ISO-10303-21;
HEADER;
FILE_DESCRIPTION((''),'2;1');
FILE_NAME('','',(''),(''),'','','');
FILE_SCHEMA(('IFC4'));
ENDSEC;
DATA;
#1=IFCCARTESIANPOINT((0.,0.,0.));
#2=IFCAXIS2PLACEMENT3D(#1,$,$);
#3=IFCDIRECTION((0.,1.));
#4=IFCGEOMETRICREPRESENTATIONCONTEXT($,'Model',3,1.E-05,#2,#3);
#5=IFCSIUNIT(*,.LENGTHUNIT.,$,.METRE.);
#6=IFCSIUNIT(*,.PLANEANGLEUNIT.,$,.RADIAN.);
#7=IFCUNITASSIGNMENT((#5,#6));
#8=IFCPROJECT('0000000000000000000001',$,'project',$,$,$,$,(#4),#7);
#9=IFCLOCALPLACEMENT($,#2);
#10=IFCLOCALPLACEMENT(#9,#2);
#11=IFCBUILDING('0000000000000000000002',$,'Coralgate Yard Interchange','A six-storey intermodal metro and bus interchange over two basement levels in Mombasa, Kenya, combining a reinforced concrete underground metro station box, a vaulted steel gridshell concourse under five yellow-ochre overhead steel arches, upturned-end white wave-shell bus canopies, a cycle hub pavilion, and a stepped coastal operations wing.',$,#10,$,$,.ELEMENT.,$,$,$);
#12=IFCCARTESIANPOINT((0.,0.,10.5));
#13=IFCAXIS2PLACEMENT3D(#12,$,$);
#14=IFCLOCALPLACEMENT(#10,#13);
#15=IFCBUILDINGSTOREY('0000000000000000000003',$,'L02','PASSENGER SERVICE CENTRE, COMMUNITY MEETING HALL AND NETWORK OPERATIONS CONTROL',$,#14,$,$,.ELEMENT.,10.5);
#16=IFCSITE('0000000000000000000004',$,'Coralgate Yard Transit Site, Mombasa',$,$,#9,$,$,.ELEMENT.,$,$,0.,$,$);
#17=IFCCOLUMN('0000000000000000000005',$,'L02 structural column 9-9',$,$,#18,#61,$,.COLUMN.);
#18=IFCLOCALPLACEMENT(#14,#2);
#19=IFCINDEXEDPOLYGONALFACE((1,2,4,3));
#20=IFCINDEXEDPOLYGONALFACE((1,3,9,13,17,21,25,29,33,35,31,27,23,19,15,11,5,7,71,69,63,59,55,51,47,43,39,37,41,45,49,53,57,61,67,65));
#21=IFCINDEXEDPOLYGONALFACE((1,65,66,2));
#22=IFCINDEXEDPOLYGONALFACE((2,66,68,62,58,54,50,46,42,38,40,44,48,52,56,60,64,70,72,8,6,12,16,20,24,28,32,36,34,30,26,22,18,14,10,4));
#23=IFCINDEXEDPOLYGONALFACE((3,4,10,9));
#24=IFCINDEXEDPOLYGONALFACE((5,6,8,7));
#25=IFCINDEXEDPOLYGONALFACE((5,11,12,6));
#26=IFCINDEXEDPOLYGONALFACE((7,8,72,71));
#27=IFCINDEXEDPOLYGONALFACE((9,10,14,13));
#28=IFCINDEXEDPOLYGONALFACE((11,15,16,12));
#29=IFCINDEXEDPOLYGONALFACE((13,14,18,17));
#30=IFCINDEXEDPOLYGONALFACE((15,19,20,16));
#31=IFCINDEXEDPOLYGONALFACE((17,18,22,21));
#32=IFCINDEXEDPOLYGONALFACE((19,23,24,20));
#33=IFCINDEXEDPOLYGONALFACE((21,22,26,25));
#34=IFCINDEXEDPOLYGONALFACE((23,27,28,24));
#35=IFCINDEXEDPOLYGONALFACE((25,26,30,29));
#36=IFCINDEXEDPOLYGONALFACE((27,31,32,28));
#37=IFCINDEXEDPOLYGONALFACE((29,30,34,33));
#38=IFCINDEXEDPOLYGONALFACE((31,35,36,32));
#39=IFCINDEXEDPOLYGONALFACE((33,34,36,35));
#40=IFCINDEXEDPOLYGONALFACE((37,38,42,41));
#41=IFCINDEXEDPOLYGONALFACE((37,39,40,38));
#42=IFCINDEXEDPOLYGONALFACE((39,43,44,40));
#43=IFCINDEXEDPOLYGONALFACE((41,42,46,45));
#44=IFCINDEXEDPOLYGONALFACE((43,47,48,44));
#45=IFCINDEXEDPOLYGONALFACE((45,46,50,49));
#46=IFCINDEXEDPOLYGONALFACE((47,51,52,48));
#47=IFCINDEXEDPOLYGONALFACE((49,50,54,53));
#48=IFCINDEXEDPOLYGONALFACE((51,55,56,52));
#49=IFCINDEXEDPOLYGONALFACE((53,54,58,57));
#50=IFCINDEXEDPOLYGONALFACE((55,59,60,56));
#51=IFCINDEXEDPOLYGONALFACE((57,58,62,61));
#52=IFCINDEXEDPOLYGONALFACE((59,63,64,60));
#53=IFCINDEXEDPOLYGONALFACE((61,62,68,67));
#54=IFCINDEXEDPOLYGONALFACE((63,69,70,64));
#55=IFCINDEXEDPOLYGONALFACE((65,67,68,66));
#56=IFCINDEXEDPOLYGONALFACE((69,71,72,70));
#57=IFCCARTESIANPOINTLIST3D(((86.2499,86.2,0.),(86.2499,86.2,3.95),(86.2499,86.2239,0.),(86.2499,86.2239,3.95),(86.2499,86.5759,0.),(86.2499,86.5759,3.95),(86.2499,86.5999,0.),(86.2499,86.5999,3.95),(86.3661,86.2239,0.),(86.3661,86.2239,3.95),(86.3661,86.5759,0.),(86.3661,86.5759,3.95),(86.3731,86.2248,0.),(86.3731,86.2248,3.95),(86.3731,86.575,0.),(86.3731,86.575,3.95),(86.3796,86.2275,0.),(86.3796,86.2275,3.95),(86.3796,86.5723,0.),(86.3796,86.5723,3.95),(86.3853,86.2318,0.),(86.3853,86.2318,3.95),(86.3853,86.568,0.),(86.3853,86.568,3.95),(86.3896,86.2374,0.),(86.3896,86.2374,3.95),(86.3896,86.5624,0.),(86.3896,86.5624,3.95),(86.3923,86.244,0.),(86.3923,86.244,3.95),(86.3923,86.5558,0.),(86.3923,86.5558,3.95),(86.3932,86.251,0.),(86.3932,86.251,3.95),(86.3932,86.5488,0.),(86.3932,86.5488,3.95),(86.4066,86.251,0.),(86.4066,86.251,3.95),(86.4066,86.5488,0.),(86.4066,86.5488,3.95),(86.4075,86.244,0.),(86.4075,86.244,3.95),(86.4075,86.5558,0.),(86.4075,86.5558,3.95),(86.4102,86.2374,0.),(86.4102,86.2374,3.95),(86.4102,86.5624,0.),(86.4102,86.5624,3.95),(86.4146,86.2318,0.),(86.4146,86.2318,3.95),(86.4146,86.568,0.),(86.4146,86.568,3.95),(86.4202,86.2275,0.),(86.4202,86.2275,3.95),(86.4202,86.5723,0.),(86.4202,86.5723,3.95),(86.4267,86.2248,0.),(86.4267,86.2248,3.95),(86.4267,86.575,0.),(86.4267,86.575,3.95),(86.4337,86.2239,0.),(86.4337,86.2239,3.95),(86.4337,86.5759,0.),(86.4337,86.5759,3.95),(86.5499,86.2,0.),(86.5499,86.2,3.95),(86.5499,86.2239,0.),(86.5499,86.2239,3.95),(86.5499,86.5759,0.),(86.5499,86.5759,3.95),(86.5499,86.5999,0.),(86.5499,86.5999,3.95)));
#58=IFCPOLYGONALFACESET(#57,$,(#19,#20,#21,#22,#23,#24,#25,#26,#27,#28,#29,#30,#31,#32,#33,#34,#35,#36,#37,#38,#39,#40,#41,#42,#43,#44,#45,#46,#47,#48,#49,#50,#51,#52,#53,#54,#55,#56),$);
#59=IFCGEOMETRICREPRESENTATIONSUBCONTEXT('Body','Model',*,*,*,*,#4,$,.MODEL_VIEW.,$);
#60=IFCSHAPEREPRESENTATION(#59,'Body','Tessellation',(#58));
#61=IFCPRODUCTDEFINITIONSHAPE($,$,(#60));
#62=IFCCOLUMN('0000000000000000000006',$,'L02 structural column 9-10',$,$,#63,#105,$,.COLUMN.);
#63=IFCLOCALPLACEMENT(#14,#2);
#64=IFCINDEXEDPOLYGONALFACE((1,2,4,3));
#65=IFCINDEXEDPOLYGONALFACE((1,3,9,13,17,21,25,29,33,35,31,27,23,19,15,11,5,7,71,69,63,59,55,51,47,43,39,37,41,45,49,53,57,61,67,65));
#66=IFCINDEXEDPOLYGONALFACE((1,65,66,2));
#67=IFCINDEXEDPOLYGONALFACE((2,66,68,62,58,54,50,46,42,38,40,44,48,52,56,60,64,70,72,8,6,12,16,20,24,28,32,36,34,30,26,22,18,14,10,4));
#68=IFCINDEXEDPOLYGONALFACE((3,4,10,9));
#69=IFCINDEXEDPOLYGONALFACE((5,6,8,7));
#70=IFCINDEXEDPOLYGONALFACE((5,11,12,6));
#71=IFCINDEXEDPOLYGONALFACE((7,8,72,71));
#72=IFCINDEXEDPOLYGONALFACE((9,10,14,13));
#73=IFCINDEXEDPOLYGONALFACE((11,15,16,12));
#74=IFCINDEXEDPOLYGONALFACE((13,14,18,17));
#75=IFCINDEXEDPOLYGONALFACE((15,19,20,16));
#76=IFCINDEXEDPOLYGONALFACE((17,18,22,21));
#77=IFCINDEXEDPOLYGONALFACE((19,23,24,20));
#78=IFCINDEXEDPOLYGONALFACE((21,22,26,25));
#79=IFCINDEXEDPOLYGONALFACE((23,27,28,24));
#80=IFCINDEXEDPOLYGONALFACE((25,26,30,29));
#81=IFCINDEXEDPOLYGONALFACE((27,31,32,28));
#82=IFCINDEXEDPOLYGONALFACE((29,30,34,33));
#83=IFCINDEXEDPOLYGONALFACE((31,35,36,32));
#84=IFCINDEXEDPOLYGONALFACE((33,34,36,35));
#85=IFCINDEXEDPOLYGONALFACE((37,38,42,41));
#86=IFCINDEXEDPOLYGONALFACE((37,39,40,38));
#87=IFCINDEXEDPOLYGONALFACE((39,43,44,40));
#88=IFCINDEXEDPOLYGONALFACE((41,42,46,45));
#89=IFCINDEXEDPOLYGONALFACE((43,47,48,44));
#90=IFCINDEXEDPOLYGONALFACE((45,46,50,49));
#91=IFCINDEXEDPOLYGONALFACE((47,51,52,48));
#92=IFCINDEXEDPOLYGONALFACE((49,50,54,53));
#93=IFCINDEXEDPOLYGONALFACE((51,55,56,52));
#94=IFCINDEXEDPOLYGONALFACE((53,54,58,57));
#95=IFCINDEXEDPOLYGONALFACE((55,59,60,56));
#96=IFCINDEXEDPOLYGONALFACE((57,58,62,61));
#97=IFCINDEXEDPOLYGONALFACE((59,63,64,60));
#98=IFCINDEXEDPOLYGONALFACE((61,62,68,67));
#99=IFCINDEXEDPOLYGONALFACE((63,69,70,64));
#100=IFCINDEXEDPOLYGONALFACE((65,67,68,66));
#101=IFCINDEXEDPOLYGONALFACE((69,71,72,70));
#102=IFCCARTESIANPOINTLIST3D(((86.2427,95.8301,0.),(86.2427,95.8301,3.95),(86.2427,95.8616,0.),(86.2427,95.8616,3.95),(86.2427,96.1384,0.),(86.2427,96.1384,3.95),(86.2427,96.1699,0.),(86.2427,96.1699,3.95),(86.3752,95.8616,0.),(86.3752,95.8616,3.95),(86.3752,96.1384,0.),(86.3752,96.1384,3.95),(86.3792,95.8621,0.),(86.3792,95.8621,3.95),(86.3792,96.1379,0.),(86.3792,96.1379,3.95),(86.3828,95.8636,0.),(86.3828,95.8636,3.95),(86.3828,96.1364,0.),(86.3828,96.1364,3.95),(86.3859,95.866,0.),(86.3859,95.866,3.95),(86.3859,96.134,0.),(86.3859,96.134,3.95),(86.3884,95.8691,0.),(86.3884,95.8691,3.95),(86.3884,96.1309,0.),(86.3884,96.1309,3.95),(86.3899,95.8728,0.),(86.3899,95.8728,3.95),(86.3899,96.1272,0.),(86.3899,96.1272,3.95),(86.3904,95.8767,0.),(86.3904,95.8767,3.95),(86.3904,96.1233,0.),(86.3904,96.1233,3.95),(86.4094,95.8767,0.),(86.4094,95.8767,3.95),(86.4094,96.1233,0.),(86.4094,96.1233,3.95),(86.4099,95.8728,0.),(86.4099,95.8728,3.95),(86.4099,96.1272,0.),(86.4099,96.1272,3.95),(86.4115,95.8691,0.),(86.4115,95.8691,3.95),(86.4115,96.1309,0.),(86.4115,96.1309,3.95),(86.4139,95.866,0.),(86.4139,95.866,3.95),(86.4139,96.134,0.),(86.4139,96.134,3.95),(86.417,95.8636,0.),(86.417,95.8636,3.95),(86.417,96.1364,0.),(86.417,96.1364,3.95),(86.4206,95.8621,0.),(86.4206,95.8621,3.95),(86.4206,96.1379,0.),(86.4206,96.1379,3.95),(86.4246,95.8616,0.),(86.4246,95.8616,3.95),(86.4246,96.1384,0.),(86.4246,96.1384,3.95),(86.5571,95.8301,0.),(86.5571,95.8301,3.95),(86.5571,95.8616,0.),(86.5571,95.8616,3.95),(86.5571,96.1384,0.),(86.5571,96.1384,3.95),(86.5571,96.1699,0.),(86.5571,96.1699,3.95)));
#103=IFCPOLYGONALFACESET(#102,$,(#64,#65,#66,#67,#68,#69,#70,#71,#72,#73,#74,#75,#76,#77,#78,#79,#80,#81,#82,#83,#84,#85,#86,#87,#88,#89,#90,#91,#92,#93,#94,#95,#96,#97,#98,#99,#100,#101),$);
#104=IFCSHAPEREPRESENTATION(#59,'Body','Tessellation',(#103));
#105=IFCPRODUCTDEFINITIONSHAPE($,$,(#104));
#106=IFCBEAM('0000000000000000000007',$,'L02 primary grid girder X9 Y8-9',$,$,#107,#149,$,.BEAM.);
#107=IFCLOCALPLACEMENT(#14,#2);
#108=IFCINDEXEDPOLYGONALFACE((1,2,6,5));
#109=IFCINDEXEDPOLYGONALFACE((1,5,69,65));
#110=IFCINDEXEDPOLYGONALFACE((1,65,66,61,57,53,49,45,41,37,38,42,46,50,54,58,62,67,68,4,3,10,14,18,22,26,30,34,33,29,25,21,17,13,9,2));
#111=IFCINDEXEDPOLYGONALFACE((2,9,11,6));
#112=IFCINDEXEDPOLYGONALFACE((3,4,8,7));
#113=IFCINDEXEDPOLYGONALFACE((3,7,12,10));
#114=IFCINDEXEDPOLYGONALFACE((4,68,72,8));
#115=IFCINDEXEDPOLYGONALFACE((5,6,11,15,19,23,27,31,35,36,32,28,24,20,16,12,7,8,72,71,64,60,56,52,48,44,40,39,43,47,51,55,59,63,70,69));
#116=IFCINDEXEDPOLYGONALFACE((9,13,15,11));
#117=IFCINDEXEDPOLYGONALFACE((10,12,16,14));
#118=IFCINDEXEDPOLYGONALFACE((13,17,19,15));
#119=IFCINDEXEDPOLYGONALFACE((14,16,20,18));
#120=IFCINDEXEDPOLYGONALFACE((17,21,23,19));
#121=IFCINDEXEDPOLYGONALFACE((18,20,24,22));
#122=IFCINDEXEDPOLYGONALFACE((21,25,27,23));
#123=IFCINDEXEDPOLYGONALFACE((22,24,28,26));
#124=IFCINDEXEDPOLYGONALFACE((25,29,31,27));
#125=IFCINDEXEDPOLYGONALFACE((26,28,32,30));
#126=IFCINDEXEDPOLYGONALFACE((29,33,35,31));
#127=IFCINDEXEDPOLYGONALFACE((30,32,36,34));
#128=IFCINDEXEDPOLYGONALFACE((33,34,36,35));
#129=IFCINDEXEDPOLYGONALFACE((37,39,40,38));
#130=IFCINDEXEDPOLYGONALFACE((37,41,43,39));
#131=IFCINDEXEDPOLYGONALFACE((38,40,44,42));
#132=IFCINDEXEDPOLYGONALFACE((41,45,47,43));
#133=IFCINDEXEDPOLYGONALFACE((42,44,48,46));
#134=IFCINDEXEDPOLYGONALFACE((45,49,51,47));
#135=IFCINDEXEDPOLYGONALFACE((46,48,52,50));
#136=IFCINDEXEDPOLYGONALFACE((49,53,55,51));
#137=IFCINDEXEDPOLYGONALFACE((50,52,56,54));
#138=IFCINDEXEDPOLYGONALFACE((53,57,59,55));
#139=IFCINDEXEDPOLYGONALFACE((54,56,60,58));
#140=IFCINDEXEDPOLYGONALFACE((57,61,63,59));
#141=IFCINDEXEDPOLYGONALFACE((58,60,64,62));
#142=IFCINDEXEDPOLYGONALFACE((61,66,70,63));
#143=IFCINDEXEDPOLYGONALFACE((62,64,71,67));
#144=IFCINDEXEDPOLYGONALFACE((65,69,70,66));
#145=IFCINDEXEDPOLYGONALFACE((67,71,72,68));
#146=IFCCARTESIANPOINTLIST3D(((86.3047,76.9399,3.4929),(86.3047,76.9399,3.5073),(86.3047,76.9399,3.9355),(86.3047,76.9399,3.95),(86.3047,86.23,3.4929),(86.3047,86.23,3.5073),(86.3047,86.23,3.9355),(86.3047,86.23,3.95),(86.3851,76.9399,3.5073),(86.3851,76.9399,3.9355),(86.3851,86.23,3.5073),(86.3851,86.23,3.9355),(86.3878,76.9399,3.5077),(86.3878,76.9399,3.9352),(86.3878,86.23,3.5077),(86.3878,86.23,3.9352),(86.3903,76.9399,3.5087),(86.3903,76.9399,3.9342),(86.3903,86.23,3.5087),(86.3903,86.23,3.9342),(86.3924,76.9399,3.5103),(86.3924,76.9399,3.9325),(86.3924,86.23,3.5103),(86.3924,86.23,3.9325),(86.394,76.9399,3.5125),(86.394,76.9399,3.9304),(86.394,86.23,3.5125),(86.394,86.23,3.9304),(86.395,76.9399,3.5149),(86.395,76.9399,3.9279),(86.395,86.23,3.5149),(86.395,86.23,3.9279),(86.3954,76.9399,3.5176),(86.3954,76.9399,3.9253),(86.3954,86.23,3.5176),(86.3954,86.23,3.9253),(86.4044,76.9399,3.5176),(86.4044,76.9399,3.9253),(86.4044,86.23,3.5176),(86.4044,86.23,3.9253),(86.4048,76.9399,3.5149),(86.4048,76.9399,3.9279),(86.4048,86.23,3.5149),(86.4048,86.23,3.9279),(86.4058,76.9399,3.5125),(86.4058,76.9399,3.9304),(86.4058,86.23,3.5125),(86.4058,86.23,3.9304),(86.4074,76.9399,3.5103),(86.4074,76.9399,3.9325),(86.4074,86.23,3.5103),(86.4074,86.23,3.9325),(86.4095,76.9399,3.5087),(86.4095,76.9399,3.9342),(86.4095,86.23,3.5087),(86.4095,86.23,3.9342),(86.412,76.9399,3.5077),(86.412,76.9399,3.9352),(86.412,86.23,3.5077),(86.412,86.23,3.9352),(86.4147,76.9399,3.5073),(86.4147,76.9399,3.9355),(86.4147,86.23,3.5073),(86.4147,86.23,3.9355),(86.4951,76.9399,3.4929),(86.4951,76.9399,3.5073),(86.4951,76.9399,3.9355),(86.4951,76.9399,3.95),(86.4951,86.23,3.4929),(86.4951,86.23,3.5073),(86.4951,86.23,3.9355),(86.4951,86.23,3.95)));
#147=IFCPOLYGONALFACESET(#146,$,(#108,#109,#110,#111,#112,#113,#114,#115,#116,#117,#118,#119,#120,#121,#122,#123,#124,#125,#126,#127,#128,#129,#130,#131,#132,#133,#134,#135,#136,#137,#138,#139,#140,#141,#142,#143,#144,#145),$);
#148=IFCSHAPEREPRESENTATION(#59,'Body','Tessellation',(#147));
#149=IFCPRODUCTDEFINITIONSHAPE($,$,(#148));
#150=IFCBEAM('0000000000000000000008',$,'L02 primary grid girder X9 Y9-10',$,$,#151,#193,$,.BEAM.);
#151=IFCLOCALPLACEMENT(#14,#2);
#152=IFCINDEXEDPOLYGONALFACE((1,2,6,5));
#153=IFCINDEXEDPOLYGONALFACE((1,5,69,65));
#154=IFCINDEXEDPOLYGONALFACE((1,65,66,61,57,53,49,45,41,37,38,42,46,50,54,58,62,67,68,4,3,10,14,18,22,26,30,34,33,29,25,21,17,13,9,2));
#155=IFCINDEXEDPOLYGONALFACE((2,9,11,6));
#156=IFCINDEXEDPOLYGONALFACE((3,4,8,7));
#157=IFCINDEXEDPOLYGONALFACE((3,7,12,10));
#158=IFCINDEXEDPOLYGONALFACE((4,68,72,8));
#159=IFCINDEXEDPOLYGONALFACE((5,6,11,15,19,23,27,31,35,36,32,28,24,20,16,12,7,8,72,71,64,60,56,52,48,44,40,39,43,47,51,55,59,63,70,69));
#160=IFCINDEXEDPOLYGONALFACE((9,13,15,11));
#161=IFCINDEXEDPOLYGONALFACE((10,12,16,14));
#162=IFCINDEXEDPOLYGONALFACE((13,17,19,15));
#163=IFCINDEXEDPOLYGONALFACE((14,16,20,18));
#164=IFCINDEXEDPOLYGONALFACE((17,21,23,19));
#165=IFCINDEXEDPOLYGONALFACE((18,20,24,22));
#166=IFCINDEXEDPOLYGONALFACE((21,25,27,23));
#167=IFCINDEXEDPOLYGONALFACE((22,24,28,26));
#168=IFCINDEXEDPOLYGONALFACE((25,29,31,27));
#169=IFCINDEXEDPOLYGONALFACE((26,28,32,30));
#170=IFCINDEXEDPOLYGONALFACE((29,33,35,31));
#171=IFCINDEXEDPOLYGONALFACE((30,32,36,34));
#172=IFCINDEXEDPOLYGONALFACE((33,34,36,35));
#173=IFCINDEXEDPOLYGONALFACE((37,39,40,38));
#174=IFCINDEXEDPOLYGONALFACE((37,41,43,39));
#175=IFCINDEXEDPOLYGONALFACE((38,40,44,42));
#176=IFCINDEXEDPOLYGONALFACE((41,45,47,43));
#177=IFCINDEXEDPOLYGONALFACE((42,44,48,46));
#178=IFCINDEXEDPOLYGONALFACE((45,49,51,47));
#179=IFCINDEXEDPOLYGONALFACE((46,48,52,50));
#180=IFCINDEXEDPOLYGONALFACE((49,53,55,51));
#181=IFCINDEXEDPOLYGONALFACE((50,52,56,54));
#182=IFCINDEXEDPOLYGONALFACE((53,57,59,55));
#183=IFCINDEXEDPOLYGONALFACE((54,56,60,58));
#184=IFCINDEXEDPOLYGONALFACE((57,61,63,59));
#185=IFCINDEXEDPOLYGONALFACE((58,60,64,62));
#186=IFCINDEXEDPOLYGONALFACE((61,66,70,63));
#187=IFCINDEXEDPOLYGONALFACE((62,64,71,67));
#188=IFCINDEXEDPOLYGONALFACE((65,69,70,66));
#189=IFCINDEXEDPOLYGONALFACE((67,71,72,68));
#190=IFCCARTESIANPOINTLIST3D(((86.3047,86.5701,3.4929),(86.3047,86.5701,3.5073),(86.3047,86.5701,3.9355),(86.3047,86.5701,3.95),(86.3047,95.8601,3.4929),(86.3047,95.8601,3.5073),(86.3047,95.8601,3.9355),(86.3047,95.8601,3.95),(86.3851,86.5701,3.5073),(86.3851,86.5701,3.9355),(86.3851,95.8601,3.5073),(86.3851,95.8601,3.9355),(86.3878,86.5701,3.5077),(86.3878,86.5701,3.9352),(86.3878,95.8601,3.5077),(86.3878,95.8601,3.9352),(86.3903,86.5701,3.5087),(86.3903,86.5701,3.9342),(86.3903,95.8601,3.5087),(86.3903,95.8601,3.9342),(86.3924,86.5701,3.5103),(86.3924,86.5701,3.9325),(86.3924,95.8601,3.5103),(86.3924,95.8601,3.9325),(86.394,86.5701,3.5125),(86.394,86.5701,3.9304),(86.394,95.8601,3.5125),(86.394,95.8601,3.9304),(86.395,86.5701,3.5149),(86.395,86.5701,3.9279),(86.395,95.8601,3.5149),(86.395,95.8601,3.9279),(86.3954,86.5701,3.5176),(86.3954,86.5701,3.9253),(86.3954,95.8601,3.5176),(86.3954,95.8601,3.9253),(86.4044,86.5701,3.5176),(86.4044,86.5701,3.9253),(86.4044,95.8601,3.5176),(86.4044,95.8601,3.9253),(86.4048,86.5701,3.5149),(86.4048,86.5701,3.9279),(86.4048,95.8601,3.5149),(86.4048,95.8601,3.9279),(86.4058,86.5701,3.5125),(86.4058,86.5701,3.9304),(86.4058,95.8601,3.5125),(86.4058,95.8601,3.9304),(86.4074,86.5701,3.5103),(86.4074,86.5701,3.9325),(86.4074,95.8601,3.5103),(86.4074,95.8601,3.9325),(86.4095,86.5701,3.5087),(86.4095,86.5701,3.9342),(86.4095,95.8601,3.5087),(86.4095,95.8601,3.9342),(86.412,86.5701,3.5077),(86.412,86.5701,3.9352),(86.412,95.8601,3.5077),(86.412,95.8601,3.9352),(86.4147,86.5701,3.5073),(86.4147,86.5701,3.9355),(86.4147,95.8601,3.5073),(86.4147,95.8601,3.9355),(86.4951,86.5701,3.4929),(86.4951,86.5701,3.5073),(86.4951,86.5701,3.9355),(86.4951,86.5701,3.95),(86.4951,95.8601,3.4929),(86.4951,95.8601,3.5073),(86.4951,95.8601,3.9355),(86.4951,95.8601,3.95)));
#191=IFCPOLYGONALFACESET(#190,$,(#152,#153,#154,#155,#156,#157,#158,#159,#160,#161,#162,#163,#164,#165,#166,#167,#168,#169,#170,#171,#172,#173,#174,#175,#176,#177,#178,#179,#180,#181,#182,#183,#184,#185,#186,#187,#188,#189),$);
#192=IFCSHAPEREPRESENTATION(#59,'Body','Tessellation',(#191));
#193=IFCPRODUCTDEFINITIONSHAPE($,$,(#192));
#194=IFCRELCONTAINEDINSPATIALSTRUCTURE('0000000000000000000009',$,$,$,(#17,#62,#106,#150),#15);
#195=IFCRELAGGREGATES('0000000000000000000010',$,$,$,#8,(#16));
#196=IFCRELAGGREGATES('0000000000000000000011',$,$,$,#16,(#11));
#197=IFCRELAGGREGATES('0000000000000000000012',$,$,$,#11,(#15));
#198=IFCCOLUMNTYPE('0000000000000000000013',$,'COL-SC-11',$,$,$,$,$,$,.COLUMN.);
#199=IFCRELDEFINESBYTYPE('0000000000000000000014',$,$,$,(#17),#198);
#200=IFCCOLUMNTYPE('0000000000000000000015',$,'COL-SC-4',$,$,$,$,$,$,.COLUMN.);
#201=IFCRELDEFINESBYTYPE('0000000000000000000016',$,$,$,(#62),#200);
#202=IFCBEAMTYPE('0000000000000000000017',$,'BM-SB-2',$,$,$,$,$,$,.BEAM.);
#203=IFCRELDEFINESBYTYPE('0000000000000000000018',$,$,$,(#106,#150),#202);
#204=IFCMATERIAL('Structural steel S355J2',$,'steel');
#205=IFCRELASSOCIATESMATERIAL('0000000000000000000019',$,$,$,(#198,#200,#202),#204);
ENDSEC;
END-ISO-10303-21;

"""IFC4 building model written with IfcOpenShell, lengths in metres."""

from ifc_helpers import new_model, si_unit, direction, frame, origin, origin_2d, place, context, subcontext, project, spatial, i_section, extrude, material, material_profile, profile_set, type_object, element, save


model = new_model("IFC4")

# Units and contexts
model_context = context("Model", 3, precision=1e-05, world=origin(), true_north=direction((0.0, 1.0)))
body_context = subcontext(model_context, "Body", "Model", "MODEL_VIEW")
ifc_project = project(units=[si_unit("LENGTHUNIT", "METRE"), si_unit("PLANEANGLEUNIT", "RADIAN")], contexts=[model_context])

# Site, building, storey
site_placement = place(None, origin())
site = spatial("IfcSite", under=ifc_project, at=site_placement, Name="Coralgate Yard Transit Site, Mombasa", CompositionType="ELEMENT", RefElevation=0.0)
building_placement = place(site_placement, origin())
building = spatial("IfcBuilding", under=site, at=building_placement, Name="Coralgate Yard Interchange", Description="A six-storey intermodal metro and bus interchange over two basement levels in Mombasa, Kenya, combining a reinforced concrete underground metro station box, a vaulted steel gridshell concourse under five yellow-ochre overhead steel arches, upturned-end white wave-shell bus canopies, a cycle hub pavilion, and a stepped coastal operations wing.", CompositionType="ELEMENT")
storey_placement = place(building_placement, frame((0.0, 0.0, 10.5)))
storey = spatial("IfcBuildingStorey", under=building, at=storey_placement, Name="L02", Description="PASSENGER SERVICE CENTRE, COMMUNITY MEETING HALL AND NETWORK OPERATIONS CONTROL", CompositionType="ELEMENT", Elevation=10.5)

# Columns
ifc_material_1 = material(Name="Structural steel S355J2", Category="steel")
ifc_material_profile_1 = material_profile(ifc_material_1, i_section(OverallWidth=0.3, OverallDepth=0.3999, WebThickness=0.0134, FlangeThickness=0.0239, FilletRadius=0.0271, at=origin_2d()), Name="HEB 400")
ifc_profile_set_1 = profile_set([ifc_material_profile_1], Name="Structural steel S355J2")
column_type_1 = type_object("IfcColumnType", Name="COL-SC-11", PredefinedType="COLUMN", material=ifc_profile_set_1)
column_1_placement = place(storey_placement, frame((86.3999, 86.3999, 0.0), z_axis=(0.0, 0.0, 1.0), x_axis=(1.0, 0.0, 0.0)))
element("IfcColumn", 1, at=column_1_placement, inside=storey, type_object=column_type_1, Name="L02 structural column 9-9", PredefinedType="COLUMN", context=body_context, shape_type="SweptSolid", body=[
    extrude(i_section(OverallWidth=0.3, OverallDepth=0.3999, WebThickness=0.0134, FlangeThickness=0.0239, FilletRadius=0.0271, at=origin_2d()), origin(), (0.0, 0.0, 1.0), 3.95),
])
ifc_material_profile_2 = material_profile(ifc_material_1, i_section(OverallWidth=0.3145, OverallDepth=0.3398, WebThickness=0.019, FlangeThickness=0.0315, FilletRadius=0.0151, at=origin_2d()), Name="UC 305x305x198")
ifc_profile_set_2 = profile_set([ifc_material_profile_2], Name="Structural steel S355J2")
column_type_2 = type_object("IfcColumnType", Name="COL-SC-4", PredefinedType="COLUMN", material=ifc_profile_set_2)
column_2_placement = place(storey_placement, frame((86.3999, 96.0, 0.0), z_axis=(0.0, 0.0, 1.0), x_axis=(1.0, 0.0, 0.0)))
element("IfcColumn", 2, at=column_2_placement, inside=storey, type_object=column_type_2, Name="L02 structural column 9-10", PredefinedType="COLUMN", context=body_context, shape_type="SweptSolid", body=[
    extrude(i_section(OverallWidth=0.3145, OverallDepth=0.3398, WebThickness=0.019, FlangeThickness=0.0315, FilletRadius=0.0151, at=origin_2d()), origin(), (0.0, 0.0, 1.0), 3.95),
])

# Beams
ifc_material_profile_3 = material_profile(ifc_material_1, i_section(OverallWidth=0.1904, OverallDepth=0.457, WebThickness=0.009, FlangeThickness=0.0144, FilletRadius=0.0103, at=origin_2d()), Name="UB 457x191x74")
ifc_profile_set_3 = profile_set([ifc_material_profile_3], Name="Structural steel S355J2")
beam_type_1 = type_object("IfcBeamType", Name="BM-SB-2", PredefinedType="BEAM", material=ifc_profile_set_3)
for number, where, z_axis, x_axis, name in (
    (3, (86.3999, 76.9399, 3.7214), (0.0, 1.0, 0.0), (-1.0, 0.0, 0.0), "L02 primary grid girder X9 Y8-9"),
    (4, (86.3999, 86.5701, 3.7214), (0.0, 1.0, 0.0), (-1.0, 0.0, 0.0), "L02 primary grid girder X9 Y9-10"),
):
    element("IfcBeam", number, at=place(storey_placement, frame(where, z_axis=z_axis, x_axis=x_axis)), inside=storey, type_object=beam_type_1, Name=name, PredefinedType="BEAM", context=body_context, shape_type="SweptSolid", body=[
        extrude(i_section(OverallWidth=0.1904, OverallDepth=0.457, WebThickness=0.009, FlangeThickness=0.0144, FilletRadius=0.0103, at=origin_2d()), origin(), (0.0, 0.0, 1.0), 9.29),
    ])

save(model, "model.ifc")
